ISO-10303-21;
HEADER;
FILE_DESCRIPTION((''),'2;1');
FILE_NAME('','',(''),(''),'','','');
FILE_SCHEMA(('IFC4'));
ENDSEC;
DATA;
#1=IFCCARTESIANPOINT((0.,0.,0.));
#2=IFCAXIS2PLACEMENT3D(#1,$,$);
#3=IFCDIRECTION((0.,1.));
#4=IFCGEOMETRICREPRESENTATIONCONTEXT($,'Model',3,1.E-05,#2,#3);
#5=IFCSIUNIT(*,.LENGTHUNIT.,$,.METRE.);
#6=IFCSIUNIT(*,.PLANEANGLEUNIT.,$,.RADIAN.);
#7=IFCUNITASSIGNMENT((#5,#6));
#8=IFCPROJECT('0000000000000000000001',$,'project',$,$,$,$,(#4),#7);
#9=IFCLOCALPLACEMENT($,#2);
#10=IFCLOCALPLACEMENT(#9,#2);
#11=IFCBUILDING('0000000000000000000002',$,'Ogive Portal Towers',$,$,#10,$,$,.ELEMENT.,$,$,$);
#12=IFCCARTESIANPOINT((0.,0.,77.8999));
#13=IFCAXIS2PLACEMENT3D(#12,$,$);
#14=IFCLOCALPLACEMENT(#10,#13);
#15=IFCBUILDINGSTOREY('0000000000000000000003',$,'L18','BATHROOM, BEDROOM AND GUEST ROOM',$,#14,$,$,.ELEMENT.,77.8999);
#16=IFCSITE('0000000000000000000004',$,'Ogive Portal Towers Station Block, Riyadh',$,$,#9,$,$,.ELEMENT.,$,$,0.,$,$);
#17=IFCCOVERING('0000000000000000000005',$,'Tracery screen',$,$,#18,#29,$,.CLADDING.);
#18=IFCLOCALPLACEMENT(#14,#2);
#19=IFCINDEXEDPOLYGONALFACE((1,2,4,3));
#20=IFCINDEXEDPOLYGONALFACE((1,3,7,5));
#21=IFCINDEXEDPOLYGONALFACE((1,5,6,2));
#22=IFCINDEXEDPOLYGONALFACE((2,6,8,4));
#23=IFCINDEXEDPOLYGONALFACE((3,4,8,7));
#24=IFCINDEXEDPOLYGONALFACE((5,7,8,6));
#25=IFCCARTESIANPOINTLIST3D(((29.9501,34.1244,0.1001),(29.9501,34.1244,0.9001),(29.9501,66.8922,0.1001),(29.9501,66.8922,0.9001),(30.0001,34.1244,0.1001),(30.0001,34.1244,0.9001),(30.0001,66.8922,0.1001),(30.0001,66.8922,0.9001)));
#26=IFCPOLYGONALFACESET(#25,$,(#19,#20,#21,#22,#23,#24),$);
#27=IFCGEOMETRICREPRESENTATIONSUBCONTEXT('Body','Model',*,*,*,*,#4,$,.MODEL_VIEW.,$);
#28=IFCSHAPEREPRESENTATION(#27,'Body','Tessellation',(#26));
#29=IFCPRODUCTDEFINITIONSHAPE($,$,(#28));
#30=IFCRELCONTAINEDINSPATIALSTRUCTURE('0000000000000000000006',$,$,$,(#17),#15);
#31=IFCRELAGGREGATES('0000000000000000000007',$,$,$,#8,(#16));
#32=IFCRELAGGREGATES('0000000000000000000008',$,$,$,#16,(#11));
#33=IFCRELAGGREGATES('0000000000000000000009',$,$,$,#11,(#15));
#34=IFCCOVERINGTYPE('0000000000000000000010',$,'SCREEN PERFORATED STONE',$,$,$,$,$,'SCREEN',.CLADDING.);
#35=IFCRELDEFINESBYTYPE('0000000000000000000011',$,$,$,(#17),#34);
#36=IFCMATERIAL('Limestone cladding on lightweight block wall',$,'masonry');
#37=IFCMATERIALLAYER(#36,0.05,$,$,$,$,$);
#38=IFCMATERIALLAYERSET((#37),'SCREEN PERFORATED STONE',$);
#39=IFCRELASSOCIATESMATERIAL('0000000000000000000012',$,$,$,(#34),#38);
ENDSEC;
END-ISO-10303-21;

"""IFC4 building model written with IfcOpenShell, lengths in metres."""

from ifc_helpers import new_model, si_unit, direction, frame, origin, origin_2d, place, context, subcontext, project, spatial, rectangle, extrude, material, layer, layer_set, type_object, element, save


model = new_model("IFC4")

# Units and contexts
model_context = context("Model", 3, precision=1e-05, world=origin(), true_north=direction((0.0, 1.0)))
body_context = subcontext(model_context, "Body", "Model", "MODEL_VIEW")
ifc_project = project(units=[si_unit("LENGTHUNIT", "METRE"), si_unit("PLANEANGLEUNIT", "RADIAN")], contexts=[model_context])

# Site, building, storey
site_placement = place(None, origin())
site = spatial("IfcSite", under=ifc_project, at=site_placement, Name="Ogive Portal Towers Station Block, Riyadh", CompositionType="ELEMENT", RefElevation=0.0)
building_placement = place(site_placement, origin())
building = spatial("IfcBuilding", under=site, at=building_placement, Name="Ogive Portal Towers", CompositionType="ELEMENT")
storey_placement = place(building_placement, frame((0.0, 0.0, 77.8999)))
storey = spatial("IfcBuildingStorey", under=building, at=storey_placement, Name="L18", Description="BATHROOM, BEDROOM AND GUEST ROOM", CompositionType="ELEMENT", Elevation=77.8999)

# Covering
ifc_material_1 = material(Name="Limestone cladding on lightweight block wall", Category="masonry")
ifc_layer_1 = layer(ifc_material_1, 0.05)
ifc_layer_set_1 = layer_set([ifc_layer_1], Name="SCREEN PERFORATED STONE")
covering_type = type_object("IfcCoveringType", Name="SCREEN PERFORATED STONE", ElementType="SCREEN", PredefinedType="CLADDING", material=ifc_layer_set_1)
covering_placement = place(storey_placement, frame((29.9751, 50.5083, 0.1001), z_axis=(0.0, 0.0, 1.0), x_axis=(0.0, -1.0, 0.0)))
element("IfcCovering", 1, at=covering_placement, inside=storey, type_object=covering_type, Name="Tracery screen", PredefinedType="CLADDING", context=body_context, shape_type="SweptSolid", body=[
    extrude(rectangle(XDim=32.7678, YDim=0.05, at=origin_2d()), origin(), (0.0, 0.0, 1.0), 0.8),
])

save(model, "model.ifc")
